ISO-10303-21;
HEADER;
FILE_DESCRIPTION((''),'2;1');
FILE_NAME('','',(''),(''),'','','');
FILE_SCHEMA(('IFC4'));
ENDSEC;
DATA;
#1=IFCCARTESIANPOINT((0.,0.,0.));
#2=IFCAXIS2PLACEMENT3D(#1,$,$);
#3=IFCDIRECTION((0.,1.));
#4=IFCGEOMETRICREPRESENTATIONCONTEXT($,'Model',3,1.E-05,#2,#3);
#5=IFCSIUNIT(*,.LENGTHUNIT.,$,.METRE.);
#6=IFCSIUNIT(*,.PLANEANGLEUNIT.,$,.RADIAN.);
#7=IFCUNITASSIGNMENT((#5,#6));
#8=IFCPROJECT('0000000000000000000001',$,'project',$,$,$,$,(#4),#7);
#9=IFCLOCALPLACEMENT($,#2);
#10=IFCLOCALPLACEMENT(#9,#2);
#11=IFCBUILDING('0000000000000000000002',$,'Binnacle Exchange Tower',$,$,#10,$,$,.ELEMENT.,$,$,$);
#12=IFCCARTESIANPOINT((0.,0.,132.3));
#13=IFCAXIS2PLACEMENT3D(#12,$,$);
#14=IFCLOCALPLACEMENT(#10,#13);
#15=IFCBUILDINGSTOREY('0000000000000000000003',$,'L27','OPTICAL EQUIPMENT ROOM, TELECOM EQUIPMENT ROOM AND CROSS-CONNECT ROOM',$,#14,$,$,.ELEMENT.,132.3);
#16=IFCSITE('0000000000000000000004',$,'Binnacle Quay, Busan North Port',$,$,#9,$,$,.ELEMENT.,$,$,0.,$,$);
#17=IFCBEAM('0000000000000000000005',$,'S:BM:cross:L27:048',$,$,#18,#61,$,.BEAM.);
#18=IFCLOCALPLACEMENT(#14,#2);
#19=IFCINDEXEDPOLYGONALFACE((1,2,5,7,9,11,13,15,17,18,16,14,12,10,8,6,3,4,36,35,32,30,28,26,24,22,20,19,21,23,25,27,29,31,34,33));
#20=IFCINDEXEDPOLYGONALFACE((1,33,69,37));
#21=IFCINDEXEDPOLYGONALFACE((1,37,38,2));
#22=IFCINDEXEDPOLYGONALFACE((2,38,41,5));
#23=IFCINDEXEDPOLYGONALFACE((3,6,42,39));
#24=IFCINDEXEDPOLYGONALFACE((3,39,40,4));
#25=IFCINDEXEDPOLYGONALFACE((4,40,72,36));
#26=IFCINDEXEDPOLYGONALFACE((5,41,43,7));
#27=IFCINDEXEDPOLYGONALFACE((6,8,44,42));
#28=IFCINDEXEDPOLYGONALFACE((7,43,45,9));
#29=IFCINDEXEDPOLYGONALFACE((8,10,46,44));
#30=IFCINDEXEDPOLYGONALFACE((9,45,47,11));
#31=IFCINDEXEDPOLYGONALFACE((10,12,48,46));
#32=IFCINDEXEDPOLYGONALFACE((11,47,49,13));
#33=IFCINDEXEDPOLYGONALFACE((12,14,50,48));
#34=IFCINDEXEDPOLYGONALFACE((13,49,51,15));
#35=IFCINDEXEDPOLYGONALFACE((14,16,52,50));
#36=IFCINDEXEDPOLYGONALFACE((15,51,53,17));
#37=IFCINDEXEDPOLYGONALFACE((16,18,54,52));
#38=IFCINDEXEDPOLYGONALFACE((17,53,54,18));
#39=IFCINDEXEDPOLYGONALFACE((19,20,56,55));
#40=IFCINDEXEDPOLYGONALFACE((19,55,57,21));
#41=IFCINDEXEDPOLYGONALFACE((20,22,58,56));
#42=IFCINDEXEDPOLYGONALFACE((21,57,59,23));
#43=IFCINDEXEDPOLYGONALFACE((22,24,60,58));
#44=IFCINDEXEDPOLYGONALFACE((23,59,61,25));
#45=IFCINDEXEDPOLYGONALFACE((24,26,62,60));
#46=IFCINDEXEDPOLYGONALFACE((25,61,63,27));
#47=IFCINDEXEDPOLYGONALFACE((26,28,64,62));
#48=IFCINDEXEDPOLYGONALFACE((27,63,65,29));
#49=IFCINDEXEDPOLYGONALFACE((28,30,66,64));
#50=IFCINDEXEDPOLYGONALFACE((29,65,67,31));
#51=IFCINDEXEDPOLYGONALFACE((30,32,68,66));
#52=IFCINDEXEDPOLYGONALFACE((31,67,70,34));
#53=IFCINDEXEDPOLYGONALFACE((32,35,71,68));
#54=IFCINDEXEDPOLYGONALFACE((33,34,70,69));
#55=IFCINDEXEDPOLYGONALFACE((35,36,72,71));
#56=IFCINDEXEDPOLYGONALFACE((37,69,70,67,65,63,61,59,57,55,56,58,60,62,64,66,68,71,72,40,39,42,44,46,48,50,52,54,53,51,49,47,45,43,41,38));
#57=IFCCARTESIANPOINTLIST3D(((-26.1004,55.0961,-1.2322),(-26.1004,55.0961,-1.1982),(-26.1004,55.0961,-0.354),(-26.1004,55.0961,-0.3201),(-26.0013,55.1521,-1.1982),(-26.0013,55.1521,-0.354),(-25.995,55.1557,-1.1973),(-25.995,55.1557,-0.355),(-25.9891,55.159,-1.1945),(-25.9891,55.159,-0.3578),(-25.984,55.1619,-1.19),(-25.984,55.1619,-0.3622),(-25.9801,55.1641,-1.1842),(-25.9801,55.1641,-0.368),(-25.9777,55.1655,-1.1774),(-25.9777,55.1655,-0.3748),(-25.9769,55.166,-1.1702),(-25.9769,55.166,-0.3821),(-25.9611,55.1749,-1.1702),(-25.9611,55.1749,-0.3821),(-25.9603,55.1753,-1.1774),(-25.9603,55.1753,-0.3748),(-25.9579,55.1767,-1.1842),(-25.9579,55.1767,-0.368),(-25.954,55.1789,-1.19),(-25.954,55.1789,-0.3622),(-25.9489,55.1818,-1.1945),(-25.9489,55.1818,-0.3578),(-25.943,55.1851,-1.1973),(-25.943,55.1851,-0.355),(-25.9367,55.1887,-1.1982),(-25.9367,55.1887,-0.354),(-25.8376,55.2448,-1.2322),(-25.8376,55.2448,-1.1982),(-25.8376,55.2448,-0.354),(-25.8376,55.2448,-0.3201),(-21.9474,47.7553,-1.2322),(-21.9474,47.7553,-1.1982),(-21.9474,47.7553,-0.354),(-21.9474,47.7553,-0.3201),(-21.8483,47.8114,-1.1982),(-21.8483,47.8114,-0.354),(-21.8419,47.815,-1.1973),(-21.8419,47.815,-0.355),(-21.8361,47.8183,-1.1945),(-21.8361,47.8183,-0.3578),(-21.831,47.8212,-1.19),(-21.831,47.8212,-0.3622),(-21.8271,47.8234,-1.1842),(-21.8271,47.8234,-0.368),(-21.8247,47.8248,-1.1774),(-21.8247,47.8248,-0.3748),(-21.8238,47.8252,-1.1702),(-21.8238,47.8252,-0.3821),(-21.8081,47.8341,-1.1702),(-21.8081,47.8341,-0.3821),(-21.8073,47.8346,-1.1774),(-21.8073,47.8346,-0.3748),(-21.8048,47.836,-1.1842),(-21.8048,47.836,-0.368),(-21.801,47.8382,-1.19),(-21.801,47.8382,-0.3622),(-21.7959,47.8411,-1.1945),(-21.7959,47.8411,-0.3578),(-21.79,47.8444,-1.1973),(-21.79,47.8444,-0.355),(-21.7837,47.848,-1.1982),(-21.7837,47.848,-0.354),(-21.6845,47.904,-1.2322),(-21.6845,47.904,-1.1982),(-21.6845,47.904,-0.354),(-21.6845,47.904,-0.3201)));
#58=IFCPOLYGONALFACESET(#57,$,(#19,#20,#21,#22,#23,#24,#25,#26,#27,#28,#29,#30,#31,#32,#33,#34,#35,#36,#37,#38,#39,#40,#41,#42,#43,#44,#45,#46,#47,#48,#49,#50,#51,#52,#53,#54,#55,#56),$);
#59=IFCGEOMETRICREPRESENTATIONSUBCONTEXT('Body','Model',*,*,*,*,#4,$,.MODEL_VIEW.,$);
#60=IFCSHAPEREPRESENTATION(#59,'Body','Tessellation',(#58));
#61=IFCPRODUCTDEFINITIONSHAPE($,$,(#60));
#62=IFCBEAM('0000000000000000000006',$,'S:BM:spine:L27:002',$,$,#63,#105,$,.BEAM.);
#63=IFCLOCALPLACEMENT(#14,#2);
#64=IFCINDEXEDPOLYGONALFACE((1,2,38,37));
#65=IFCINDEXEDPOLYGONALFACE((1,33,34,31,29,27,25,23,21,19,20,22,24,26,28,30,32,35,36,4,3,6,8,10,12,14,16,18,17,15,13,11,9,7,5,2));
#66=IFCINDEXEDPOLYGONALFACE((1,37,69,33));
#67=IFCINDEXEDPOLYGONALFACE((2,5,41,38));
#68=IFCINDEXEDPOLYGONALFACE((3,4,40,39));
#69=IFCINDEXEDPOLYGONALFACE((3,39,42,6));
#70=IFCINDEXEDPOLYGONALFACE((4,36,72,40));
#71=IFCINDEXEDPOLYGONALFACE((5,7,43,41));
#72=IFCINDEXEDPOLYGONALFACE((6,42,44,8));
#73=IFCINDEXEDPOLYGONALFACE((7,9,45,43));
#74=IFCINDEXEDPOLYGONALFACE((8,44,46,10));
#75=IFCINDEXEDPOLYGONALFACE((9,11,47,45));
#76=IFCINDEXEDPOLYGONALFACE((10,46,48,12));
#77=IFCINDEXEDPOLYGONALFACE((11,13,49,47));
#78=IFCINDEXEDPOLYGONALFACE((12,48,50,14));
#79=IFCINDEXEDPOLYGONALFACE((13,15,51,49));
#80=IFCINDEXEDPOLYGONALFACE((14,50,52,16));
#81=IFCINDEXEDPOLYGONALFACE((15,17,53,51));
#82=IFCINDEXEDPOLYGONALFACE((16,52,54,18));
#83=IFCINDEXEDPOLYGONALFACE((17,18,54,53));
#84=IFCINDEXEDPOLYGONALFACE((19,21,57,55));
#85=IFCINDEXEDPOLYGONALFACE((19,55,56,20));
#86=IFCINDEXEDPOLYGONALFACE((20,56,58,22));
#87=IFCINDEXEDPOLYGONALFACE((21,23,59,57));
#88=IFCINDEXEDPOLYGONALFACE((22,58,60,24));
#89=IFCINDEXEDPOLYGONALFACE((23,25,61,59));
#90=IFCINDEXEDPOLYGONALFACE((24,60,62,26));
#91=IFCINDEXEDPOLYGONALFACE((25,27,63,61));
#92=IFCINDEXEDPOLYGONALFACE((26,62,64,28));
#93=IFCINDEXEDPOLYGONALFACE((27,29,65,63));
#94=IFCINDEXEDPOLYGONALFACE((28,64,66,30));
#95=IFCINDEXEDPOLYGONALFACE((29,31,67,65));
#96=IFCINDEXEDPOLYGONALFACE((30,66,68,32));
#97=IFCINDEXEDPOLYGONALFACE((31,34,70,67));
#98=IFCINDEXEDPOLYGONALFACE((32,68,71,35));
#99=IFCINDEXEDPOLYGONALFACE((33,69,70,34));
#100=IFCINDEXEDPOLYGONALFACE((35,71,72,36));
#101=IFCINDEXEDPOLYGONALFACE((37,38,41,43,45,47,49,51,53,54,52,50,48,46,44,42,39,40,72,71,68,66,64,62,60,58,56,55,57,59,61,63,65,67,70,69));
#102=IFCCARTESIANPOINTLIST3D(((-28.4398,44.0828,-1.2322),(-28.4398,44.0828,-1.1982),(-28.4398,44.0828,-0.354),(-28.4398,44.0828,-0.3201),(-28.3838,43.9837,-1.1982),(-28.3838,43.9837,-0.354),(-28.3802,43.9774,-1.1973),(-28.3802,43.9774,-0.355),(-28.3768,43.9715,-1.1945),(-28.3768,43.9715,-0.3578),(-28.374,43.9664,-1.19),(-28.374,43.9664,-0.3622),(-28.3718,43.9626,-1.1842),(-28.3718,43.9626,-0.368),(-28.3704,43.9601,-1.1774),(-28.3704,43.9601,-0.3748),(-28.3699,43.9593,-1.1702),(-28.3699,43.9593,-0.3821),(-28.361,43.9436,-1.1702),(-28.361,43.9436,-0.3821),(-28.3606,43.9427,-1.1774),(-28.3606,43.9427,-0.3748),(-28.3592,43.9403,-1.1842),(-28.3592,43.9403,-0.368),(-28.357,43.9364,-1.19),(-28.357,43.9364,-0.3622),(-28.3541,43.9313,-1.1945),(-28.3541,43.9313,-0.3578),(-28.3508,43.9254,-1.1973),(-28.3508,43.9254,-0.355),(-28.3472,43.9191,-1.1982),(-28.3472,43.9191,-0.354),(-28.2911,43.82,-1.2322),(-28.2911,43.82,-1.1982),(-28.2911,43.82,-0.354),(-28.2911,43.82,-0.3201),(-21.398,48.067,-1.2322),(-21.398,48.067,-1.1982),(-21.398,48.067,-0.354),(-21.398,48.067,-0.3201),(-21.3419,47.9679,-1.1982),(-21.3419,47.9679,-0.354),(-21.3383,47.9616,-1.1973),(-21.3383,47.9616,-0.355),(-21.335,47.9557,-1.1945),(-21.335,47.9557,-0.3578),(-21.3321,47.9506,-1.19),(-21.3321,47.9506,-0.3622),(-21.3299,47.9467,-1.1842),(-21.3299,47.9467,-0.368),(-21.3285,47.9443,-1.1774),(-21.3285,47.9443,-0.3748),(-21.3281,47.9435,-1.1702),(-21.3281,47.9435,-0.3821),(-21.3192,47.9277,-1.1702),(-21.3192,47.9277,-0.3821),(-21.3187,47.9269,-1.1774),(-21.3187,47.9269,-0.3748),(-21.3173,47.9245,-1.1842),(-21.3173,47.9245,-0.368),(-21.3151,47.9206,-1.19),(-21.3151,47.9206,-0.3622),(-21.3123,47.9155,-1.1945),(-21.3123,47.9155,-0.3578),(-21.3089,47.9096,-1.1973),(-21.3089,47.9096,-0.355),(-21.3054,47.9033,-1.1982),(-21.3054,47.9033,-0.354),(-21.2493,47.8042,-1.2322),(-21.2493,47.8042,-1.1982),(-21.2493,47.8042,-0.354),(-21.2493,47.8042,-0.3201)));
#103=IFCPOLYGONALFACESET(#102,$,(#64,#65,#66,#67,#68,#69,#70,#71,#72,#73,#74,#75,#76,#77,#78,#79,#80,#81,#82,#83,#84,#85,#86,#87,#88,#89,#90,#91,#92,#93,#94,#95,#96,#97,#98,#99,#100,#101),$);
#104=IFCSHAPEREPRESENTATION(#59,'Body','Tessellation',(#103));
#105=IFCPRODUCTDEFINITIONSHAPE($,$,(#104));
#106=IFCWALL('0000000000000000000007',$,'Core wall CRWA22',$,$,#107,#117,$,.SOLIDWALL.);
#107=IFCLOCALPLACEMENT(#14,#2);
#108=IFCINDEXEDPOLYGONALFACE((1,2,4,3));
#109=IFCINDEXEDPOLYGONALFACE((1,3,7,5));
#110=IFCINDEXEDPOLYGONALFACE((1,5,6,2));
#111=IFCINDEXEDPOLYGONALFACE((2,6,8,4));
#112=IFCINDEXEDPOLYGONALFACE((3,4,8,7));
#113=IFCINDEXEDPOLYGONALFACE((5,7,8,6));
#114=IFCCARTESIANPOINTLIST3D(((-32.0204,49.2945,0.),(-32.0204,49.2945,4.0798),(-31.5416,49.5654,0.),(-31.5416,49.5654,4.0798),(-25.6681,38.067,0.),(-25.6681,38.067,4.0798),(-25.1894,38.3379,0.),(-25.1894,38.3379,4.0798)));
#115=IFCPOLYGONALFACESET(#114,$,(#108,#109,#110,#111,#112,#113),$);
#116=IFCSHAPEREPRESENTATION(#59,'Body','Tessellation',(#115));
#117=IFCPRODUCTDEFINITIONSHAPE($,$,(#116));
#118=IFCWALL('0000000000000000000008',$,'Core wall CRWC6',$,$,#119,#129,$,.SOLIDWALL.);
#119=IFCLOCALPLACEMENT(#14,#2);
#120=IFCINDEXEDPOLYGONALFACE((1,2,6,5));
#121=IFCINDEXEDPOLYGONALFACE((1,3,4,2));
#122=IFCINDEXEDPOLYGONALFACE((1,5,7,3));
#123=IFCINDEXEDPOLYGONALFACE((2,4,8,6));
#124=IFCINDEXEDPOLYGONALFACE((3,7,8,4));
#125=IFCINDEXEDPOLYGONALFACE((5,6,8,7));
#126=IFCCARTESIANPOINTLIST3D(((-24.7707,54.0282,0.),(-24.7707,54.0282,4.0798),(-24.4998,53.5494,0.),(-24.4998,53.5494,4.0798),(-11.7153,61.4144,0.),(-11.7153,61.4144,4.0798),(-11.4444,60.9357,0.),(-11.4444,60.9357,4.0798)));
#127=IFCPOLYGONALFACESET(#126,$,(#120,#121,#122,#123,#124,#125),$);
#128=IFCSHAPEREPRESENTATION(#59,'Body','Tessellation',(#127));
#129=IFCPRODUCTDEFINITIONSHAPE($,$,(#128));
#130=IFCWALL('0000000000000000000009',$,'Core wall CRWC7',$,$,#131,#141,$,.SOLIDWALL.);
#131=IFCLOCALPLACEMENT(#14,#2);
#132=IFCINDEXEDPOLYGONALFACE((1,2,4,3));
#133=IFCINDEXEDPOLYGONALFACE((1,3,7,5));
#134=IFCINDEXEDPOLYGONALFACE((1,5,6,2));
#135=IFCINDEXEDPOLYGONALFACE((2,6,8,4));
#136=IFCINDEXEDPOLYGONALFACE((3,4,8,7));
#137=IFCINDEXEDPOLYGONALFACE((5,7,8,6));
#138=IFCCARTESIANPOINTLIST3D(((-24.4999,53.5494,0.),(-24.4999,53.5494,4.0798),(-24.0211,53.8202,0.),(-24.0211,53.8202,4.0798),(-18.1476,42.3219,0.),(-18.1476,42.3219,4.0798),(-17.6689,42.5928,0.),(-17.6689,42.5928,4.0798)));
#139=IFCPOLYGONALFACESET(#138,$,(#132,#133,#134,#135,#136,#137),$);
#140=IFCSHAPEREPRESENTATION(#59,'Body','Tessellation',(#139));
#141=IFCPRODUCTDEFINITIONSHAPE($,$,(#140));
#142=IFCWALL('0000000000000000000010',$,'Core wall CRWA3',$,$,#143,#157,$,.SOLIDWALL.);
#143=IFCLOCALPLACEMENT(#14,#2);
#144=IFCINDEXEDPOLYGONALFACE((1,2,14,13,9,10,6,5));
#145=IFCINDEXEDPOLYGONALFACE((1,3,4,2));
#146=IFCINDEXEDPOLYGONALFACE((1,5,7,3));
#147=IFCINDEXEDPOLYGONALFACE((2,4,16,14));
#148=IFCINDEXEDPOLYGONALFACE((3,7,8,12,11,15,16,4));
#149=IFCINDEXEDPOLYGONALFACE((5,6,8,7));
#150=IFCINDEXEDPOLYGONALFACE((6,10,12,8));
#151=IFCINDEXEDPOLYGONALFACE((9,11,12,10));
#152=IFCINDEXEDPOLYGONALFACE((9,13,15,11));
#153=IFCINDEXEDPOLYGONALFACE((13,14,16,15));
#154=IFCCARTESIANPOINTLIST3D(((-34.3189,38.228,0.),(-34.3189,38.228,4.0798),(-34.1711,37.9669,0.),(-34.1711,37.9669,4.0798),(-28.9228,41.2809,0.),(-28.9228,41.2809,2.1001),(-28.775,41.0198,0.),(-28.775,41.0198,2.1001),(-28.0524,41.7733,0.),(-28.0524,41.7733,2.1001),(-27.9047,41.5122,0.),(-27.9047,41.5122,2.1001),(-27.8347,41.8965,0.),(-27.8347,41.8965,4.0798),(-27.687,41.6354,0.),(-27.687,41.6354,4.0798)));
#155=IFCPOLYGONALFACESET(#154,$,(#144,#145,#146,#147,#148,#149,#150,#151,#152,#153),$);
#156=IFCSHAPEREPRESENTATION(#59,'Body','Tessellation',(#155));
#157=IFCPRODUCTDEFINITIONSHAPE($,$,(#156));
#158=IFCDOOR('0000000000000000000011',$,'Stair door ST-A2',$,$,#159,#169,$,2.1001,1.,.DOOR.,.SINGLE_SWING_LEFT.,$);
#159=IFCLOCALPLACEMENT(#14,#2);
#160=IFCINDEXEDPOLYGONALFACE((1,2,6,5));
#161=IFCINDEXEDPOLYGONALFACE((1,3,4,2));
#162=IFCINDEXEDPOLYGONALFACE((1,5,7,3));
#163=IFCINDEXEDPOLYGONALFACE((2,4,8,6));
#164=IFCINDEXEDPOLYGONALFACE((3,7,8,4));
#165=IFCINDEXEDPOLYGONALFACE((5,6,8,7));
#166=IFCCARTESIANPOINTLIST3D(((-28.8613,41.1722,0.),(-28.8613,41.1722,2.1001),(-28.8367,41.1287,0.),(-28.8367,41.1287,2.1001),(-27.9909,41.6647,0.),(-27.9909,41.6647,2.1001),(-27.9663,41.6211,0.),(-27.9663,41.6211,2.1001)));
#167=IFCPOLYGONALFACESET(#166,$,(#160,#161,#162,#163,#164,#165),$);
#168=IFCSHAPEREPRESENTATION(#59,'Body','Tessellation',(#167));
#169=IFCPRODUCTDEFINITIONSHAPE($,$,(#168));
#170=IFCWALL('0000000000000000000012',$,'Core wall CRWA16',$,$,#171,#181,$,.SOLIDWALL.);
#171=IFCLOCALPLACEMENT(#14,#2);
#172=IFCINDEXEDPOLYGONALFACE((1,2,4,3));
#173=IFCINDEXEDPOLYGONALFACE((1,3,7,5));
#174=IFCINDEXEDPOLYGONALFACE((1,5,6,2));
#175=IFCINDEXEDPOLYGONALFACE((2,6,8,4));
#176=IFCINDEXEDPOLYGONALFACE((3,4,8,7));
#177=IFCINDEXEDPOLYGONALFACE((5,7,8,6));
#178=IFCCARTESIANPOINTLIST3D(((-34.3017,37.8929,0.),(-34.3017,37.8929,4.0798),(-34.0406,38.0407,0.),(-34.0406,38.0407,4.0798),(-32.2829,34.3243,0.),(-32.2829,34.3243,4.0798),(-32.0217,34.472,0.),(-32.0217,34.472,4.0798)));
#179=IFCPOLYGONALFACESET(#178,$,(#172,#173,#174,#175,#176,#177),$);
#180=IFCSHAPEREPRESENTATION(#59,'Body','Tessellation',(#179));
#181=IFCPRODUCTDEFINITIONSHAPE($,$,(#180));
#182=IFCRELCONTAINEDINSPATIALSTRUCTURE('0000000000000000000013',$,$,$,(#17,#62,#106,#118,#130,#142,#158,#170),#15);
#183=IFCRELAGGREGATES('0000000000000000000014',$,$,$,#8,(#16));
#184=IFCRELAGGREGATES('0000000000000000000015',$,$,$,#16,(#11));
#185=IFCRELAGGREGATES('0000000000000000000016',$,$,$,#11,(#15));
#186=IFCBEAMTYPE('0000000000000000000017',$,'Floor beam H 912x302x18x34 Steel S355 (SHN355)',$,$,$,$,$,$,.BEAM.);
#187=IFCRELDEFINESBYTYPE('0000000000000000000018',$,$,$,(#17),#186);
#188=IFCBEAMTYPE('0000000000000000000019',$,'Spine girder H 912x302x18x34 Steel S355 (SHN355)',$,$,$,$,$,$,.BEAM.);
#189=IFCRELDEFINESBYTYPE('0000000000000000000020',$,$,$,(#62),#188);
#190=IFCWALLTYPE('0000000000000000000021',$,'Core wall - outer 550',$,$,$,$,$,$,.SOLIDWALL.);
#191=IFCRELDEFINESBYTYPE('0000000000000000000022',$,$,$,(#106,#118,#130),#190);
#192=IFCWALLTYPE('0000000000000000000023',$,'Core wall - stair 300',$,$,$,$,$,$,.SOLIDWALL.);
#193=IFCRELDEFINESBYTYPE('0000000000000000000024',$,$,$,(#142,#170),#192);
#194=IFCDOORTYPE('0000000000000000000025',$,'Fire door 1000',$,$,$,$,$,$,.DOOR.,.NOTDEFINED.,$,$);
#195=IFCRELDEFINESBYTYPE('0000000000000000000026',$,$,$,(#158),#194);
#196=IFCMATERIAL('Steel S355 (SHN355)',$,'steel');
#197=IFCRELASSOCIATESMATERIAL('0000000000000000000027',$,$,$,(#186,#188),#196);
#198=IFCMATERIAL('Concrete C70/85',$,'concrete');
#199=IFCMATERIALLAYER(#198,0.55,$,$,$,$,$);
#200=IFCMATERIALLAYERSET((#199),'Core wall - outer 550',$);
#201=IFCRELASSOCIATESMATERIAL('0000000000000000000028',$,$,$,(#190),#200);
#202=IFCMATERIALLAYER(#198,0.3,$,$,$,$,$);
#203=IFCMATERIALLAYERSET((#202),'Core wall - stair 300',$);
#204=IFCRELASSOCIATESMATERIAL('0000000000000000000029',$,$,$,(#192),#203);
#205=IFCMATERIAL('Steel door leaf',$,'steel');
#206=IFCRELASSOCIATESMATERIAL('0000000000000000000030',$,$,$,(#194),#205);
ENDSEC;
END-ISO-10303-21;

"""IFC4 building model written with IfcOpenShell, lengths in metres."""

from ifc_helpers import new_model, si_unit, direction, frame, frame_2d, origin, origin_2d, place, context, subcontext, project, spatial, rectangle, i_section, extrude, material, layer, layer_set, material_profile, profile_set, type_object, element, fill, save


model = new_model("IFC4")

# Units and contexts
model_context = context("Model", 3, precision=1e-05, world=origin(), true_north=direction((0.0, 1.0)))
body_context = subcontext(model_context, "Body", "Model", "MODEL_VIEW")
ifc_project = project(units=[si_unit("LENGTHUNIT", "METRE"), si_unit("PLANEANGLEUNIT", "RADIAN")], contexts=[model_context])

# Site, building, storey
site_placement = place(None, origin())
site = spatial("IfcSite", under=ifc_project, at=site_placement, Name="Binnacle Quay, Busan North Port", CompositionType="ELEMENT", RefElevation=0.0)
building_placement = place(site_placement, origin())
building = spatial("IfcBuilding", under=site, at=building_placement, Name="Binnacle Exchange Tower", CompositionType="ELEMENT")
storey_placement = place(building_placement, frame((0.0, 0.0, 132.3)))
storey = spatial("IfcBuildingStorey", under=building, at=storey_placement, Name="L27", Description="OPTICAL EQUIPMENT ROOM, TELECOM EQUIPMENT ROOM AND CROSS-CONNECT ROOM", CompositionType="ELEMENT", Elevation=132.3)

# Shared definitions
ifc_material_1 = material(Name="Concrete C70/85", Category="concrete")

# Beams
ifc_material_2 = material(Name="Steel S355 (SHN355)", Category="steel")
ifc_material_profile_1 = material_profile(ifc_material_2, i_section(OverallWidth=0.302, OverallDepth=0.9121, WebThickness=0.0181, FlangeThickness=0.0339, FilletRadius=0.0281, at=origin_2d()), Name="H 912x302x18x34")
ifc_profile_set_1 = profile_set([ifc_material_profile_1], Name="Steel S355 (SHN355)")
beam_type_1 = type_object("IfcBeamType", Name="Floor beam H 912x302x18x34 Steel S355 (SHN355)", PredefinedType="BEAM", material=ifc_profile_set_1)
beam_1_placement = place(storey_placement, frame((-25.969, 55.1704, -0.7761), z_axis=(0.492409, -0.870364, 0.0), x_axis=(0.870364, 0.492409, 0.0)))
element("IfcBeam", 1, at=beam_1_placement, inside=storey, type_object=beam_type_1, Name="S:BM:cross:L27:048", PredefinedType="BEAM", context=body_context, shape_type="SweptSolid", body=[
    extrude(i_section(OverallWidth=0.302, OverallDepth=0.9121, WebThickness=0.0181, FlangeThickness=0.0339, FilletRadius=0.0281, at=origin_2d()), origin(), (0.0, 0.0, 1.0), 8.4341),
])
ifc_material_profile_2 = material_profile(ifc_material_2, i_section(OverallWidth=0.302, OverallDepth=0.9121, WebThickness=0.0181, FlangeThickness=0.0339, FilletRadius=0.0281, at=origin_2d()), Name="H 912x302x18x34")
ifc_profile_set_2 = profile_set([ifc_material_profile_2], Name="Steel S355 (SHN355)")
beam_type_2 = type_object("IfcBeamType", Name="Spine girder H 912x302x18x34 Steel S355 (SHN355)", PredefinedType="BEAM", material=ifc_profile_set_2)
beam_2_placement = place(storey_placement, frame((-28.3655, 43.9514, -0.7761), z_axis=(0.87035, 0.492433, 0.0), x_axis=(-0.492433, 0.87035, 0.0)))
element("IfcBeam", 2, at=beam_2_placement, inside=storey, type_object=beam_type_2, Name="S:BM:spine:L27:002", PredefinedType="BEAM", context=body_context, shape_type="SweptSolid", body=[
    extrude(i_section(OverallWidth=0.302, OverallDepth=0.9121, WebThickness=0.0181, FlangeThickness=0.0339, FilletRadius=0.0281, at=origin_2d()), origin(), (0.0, 0.0, 1.0), 8.0908),
])

# Walls
ifc_layer_1 = layer(ifc_material_1, 0.55)
ifc_layer_set_1 = layer_set([ifc_layer_1], Name="Core wall - outer 550")
wall_type_1 = type_object("IfcWallType", Name="Core wall - outer 550", PredefinedType="SOLIDWALL", material=ifc_layer_set_1)
wall_1_placement = place(storey_placement, frame((-31.781, 49.4299, 0.0), z_axis=(0.0, 0.0, 1.0), x_axis=(0.492427, -0.870354, 0.0)))
element("IfcWall", 3, at=wall_1_placement, inside=storey, type_object=wall_type_1, Name="Core wall CRWA22", PredefinedType="SOLIDWALL", context=body_context, shape_type="SweptSolid", body=[
    extrude(rectangle(XDim=12.8999, YDim=0.55, at=frame_2d((6.45, 0.0))), origin(), (0.0, 0.0, 1.0), 4.0798),
])
wall_2_placement = place(storey_placement, frame((-24.6353, 53.7888, 0.0), z_axis=(0.0, 0.0, 1.0), x_axis=(0.870361, 0.492415, 0.0)))
element("IfcWall", 4, at=wall_2_placement, inside=storey, type_object=wall_type_1, Name="Core wall CRWC6", PredefinedType="SOLIDWALL", context=body_context, shape_type="SweptSolid", body=[
    extrude(rectangle(XDim=15.0, YDim=0.55, at=frame_2d((7.5, 0.0))), origin(), (0.0, 0.0, 1.0), 4.0798),
])
wall_3_placement = place(storey_placement, frame((-24.2605, 53.6848, 0.0), z_axis=(0.0, 0.0, 1.0), x_axis=(0.492427, -0.870354, 0.0)))
element("IfcWall", 5, at=wall_3_placement, inside=storey, type_object=wall_type_1, Name="Core wall CRWC7", PredefinedType="SOLIDWALL", context=body_context, shape_type="SweptSolid", body=[
    extrude(rectangle(XDim=12.8999, YDim=0.55, at=frame_2d((6.45, 0.0))), origin(), (0.0, 0.0, 1.0), 4.0798),
])

# Wall, opening, door
ifc_layer_2 = layer(ifc_material_1, 0.3)
ifc_layer_set_2 = layer_set([ifc_layer_2], Name="Core wall - stair 300")
wall_type_2 = type_object("IfcWallType", Name="Core wall - stair 300", PredefinedType="SOLIDWALL", material=ifc_layer_set_2)
wall_4_placement = place(storey_placement, frame((-34.2451, 38.0974, 0.0), z_axis=(0.0, 0.0, 1.0), x_axis=(0.870361, 0.492415, 0.0)))
wall_4 = element("IfcWall", 6, at=wall_4_placement, inside=storey, type_object=wall_type_2, Name="Core wall CRWA3", PredefinedType="SOLIDWALL", context=body_context, shape_type="SweptSolid", body=[
    extrude(rectangle(XDim=7.45, YDim=0.3, at=frame_2d((3.7251, 0.0))), origin(), (0.0, 0.0, 1.0), 4.0798),
])
opening_1_placement = place(wall_4_placement, frame((6.2, 0.0, 0.0)))
opening_1 = element("IfcOpeningElement", 7, at=opening_1_placement, cuts=wall_4, PredefinedType="OPENING", context=body_context, shape_type="SweptSolid", body=[
    extrude(rectangle(XDim=1.0, YDim=2.1001, at=frame_2d((0.5, 1.05))), frame((0.0, 0.1599, 0.0), z_axis=(0.0, -1.0, 0.0), x_axis=(1.0, 0.0, 0.0)), (0.0, 0.0, 1.0), 0.3201),
])
ifc_material_3 = material(Name="Steel door leaf", Category="steel")
door_type_1 = type_object("IfcDoorType", Name="Fire door 1000", OperationType="NOTDEFINED", PredefinedType="DOOR", material=ifc_material_3)
door_1_placement = place(opening_1_placement, frame((1.0, 0.0, 0.0), z_axis=(0.0, 0.0, 1.0), x_axis=(-1.0, 0.0, 0.0)))
door_1 = element("IfcDoor", 8, at=door_1_placement, inside=storey, type_object=door_type_1, Name="Stair door ST-A2", OperationType="SINGLE_SWING_LEFT", OverallHeight=2.1001, OverallWidth=1.0, PredefinedType="DOOR", context=body_context, shape_type="SweptSolid", body=[
    extrude(rectangle(XDim=1.0, YDim=2.1001, at=frame_2d((0.5, 1.05))), frame((0.0, 0.0249, 0.0), z_axis=(0.0, -1.0, 0.0), x_axis=(1.0, 0.0, 0.0)), (0.0, 0.0, 1.0), 0.05),
])
fill(opening_1, door_1)

# Wall
wall_5_placement = place(storey_placement, frame((-34.1711, 37.9668, 0.0), z_axis=(0.0, 0.0, 1.0), x_axis=(0.492383, -0.870379, 0.0)))
element("IfcWall", 9, at=wall_5_placement, inside=storey, type_object=wall_type_2, Name="Core wall CRWA16", PredefinedType="SOLIDWALL", context=body_context, shape_type="SweptSolid", body=[
    extrude(rectangle(XDim=4.1001, YDim=0.3, at=frame_2d((2.05, 0.0))), origin(), (0.0, 0.0, 1.0), 4.0798),
])

save(model, "model.ifc")
